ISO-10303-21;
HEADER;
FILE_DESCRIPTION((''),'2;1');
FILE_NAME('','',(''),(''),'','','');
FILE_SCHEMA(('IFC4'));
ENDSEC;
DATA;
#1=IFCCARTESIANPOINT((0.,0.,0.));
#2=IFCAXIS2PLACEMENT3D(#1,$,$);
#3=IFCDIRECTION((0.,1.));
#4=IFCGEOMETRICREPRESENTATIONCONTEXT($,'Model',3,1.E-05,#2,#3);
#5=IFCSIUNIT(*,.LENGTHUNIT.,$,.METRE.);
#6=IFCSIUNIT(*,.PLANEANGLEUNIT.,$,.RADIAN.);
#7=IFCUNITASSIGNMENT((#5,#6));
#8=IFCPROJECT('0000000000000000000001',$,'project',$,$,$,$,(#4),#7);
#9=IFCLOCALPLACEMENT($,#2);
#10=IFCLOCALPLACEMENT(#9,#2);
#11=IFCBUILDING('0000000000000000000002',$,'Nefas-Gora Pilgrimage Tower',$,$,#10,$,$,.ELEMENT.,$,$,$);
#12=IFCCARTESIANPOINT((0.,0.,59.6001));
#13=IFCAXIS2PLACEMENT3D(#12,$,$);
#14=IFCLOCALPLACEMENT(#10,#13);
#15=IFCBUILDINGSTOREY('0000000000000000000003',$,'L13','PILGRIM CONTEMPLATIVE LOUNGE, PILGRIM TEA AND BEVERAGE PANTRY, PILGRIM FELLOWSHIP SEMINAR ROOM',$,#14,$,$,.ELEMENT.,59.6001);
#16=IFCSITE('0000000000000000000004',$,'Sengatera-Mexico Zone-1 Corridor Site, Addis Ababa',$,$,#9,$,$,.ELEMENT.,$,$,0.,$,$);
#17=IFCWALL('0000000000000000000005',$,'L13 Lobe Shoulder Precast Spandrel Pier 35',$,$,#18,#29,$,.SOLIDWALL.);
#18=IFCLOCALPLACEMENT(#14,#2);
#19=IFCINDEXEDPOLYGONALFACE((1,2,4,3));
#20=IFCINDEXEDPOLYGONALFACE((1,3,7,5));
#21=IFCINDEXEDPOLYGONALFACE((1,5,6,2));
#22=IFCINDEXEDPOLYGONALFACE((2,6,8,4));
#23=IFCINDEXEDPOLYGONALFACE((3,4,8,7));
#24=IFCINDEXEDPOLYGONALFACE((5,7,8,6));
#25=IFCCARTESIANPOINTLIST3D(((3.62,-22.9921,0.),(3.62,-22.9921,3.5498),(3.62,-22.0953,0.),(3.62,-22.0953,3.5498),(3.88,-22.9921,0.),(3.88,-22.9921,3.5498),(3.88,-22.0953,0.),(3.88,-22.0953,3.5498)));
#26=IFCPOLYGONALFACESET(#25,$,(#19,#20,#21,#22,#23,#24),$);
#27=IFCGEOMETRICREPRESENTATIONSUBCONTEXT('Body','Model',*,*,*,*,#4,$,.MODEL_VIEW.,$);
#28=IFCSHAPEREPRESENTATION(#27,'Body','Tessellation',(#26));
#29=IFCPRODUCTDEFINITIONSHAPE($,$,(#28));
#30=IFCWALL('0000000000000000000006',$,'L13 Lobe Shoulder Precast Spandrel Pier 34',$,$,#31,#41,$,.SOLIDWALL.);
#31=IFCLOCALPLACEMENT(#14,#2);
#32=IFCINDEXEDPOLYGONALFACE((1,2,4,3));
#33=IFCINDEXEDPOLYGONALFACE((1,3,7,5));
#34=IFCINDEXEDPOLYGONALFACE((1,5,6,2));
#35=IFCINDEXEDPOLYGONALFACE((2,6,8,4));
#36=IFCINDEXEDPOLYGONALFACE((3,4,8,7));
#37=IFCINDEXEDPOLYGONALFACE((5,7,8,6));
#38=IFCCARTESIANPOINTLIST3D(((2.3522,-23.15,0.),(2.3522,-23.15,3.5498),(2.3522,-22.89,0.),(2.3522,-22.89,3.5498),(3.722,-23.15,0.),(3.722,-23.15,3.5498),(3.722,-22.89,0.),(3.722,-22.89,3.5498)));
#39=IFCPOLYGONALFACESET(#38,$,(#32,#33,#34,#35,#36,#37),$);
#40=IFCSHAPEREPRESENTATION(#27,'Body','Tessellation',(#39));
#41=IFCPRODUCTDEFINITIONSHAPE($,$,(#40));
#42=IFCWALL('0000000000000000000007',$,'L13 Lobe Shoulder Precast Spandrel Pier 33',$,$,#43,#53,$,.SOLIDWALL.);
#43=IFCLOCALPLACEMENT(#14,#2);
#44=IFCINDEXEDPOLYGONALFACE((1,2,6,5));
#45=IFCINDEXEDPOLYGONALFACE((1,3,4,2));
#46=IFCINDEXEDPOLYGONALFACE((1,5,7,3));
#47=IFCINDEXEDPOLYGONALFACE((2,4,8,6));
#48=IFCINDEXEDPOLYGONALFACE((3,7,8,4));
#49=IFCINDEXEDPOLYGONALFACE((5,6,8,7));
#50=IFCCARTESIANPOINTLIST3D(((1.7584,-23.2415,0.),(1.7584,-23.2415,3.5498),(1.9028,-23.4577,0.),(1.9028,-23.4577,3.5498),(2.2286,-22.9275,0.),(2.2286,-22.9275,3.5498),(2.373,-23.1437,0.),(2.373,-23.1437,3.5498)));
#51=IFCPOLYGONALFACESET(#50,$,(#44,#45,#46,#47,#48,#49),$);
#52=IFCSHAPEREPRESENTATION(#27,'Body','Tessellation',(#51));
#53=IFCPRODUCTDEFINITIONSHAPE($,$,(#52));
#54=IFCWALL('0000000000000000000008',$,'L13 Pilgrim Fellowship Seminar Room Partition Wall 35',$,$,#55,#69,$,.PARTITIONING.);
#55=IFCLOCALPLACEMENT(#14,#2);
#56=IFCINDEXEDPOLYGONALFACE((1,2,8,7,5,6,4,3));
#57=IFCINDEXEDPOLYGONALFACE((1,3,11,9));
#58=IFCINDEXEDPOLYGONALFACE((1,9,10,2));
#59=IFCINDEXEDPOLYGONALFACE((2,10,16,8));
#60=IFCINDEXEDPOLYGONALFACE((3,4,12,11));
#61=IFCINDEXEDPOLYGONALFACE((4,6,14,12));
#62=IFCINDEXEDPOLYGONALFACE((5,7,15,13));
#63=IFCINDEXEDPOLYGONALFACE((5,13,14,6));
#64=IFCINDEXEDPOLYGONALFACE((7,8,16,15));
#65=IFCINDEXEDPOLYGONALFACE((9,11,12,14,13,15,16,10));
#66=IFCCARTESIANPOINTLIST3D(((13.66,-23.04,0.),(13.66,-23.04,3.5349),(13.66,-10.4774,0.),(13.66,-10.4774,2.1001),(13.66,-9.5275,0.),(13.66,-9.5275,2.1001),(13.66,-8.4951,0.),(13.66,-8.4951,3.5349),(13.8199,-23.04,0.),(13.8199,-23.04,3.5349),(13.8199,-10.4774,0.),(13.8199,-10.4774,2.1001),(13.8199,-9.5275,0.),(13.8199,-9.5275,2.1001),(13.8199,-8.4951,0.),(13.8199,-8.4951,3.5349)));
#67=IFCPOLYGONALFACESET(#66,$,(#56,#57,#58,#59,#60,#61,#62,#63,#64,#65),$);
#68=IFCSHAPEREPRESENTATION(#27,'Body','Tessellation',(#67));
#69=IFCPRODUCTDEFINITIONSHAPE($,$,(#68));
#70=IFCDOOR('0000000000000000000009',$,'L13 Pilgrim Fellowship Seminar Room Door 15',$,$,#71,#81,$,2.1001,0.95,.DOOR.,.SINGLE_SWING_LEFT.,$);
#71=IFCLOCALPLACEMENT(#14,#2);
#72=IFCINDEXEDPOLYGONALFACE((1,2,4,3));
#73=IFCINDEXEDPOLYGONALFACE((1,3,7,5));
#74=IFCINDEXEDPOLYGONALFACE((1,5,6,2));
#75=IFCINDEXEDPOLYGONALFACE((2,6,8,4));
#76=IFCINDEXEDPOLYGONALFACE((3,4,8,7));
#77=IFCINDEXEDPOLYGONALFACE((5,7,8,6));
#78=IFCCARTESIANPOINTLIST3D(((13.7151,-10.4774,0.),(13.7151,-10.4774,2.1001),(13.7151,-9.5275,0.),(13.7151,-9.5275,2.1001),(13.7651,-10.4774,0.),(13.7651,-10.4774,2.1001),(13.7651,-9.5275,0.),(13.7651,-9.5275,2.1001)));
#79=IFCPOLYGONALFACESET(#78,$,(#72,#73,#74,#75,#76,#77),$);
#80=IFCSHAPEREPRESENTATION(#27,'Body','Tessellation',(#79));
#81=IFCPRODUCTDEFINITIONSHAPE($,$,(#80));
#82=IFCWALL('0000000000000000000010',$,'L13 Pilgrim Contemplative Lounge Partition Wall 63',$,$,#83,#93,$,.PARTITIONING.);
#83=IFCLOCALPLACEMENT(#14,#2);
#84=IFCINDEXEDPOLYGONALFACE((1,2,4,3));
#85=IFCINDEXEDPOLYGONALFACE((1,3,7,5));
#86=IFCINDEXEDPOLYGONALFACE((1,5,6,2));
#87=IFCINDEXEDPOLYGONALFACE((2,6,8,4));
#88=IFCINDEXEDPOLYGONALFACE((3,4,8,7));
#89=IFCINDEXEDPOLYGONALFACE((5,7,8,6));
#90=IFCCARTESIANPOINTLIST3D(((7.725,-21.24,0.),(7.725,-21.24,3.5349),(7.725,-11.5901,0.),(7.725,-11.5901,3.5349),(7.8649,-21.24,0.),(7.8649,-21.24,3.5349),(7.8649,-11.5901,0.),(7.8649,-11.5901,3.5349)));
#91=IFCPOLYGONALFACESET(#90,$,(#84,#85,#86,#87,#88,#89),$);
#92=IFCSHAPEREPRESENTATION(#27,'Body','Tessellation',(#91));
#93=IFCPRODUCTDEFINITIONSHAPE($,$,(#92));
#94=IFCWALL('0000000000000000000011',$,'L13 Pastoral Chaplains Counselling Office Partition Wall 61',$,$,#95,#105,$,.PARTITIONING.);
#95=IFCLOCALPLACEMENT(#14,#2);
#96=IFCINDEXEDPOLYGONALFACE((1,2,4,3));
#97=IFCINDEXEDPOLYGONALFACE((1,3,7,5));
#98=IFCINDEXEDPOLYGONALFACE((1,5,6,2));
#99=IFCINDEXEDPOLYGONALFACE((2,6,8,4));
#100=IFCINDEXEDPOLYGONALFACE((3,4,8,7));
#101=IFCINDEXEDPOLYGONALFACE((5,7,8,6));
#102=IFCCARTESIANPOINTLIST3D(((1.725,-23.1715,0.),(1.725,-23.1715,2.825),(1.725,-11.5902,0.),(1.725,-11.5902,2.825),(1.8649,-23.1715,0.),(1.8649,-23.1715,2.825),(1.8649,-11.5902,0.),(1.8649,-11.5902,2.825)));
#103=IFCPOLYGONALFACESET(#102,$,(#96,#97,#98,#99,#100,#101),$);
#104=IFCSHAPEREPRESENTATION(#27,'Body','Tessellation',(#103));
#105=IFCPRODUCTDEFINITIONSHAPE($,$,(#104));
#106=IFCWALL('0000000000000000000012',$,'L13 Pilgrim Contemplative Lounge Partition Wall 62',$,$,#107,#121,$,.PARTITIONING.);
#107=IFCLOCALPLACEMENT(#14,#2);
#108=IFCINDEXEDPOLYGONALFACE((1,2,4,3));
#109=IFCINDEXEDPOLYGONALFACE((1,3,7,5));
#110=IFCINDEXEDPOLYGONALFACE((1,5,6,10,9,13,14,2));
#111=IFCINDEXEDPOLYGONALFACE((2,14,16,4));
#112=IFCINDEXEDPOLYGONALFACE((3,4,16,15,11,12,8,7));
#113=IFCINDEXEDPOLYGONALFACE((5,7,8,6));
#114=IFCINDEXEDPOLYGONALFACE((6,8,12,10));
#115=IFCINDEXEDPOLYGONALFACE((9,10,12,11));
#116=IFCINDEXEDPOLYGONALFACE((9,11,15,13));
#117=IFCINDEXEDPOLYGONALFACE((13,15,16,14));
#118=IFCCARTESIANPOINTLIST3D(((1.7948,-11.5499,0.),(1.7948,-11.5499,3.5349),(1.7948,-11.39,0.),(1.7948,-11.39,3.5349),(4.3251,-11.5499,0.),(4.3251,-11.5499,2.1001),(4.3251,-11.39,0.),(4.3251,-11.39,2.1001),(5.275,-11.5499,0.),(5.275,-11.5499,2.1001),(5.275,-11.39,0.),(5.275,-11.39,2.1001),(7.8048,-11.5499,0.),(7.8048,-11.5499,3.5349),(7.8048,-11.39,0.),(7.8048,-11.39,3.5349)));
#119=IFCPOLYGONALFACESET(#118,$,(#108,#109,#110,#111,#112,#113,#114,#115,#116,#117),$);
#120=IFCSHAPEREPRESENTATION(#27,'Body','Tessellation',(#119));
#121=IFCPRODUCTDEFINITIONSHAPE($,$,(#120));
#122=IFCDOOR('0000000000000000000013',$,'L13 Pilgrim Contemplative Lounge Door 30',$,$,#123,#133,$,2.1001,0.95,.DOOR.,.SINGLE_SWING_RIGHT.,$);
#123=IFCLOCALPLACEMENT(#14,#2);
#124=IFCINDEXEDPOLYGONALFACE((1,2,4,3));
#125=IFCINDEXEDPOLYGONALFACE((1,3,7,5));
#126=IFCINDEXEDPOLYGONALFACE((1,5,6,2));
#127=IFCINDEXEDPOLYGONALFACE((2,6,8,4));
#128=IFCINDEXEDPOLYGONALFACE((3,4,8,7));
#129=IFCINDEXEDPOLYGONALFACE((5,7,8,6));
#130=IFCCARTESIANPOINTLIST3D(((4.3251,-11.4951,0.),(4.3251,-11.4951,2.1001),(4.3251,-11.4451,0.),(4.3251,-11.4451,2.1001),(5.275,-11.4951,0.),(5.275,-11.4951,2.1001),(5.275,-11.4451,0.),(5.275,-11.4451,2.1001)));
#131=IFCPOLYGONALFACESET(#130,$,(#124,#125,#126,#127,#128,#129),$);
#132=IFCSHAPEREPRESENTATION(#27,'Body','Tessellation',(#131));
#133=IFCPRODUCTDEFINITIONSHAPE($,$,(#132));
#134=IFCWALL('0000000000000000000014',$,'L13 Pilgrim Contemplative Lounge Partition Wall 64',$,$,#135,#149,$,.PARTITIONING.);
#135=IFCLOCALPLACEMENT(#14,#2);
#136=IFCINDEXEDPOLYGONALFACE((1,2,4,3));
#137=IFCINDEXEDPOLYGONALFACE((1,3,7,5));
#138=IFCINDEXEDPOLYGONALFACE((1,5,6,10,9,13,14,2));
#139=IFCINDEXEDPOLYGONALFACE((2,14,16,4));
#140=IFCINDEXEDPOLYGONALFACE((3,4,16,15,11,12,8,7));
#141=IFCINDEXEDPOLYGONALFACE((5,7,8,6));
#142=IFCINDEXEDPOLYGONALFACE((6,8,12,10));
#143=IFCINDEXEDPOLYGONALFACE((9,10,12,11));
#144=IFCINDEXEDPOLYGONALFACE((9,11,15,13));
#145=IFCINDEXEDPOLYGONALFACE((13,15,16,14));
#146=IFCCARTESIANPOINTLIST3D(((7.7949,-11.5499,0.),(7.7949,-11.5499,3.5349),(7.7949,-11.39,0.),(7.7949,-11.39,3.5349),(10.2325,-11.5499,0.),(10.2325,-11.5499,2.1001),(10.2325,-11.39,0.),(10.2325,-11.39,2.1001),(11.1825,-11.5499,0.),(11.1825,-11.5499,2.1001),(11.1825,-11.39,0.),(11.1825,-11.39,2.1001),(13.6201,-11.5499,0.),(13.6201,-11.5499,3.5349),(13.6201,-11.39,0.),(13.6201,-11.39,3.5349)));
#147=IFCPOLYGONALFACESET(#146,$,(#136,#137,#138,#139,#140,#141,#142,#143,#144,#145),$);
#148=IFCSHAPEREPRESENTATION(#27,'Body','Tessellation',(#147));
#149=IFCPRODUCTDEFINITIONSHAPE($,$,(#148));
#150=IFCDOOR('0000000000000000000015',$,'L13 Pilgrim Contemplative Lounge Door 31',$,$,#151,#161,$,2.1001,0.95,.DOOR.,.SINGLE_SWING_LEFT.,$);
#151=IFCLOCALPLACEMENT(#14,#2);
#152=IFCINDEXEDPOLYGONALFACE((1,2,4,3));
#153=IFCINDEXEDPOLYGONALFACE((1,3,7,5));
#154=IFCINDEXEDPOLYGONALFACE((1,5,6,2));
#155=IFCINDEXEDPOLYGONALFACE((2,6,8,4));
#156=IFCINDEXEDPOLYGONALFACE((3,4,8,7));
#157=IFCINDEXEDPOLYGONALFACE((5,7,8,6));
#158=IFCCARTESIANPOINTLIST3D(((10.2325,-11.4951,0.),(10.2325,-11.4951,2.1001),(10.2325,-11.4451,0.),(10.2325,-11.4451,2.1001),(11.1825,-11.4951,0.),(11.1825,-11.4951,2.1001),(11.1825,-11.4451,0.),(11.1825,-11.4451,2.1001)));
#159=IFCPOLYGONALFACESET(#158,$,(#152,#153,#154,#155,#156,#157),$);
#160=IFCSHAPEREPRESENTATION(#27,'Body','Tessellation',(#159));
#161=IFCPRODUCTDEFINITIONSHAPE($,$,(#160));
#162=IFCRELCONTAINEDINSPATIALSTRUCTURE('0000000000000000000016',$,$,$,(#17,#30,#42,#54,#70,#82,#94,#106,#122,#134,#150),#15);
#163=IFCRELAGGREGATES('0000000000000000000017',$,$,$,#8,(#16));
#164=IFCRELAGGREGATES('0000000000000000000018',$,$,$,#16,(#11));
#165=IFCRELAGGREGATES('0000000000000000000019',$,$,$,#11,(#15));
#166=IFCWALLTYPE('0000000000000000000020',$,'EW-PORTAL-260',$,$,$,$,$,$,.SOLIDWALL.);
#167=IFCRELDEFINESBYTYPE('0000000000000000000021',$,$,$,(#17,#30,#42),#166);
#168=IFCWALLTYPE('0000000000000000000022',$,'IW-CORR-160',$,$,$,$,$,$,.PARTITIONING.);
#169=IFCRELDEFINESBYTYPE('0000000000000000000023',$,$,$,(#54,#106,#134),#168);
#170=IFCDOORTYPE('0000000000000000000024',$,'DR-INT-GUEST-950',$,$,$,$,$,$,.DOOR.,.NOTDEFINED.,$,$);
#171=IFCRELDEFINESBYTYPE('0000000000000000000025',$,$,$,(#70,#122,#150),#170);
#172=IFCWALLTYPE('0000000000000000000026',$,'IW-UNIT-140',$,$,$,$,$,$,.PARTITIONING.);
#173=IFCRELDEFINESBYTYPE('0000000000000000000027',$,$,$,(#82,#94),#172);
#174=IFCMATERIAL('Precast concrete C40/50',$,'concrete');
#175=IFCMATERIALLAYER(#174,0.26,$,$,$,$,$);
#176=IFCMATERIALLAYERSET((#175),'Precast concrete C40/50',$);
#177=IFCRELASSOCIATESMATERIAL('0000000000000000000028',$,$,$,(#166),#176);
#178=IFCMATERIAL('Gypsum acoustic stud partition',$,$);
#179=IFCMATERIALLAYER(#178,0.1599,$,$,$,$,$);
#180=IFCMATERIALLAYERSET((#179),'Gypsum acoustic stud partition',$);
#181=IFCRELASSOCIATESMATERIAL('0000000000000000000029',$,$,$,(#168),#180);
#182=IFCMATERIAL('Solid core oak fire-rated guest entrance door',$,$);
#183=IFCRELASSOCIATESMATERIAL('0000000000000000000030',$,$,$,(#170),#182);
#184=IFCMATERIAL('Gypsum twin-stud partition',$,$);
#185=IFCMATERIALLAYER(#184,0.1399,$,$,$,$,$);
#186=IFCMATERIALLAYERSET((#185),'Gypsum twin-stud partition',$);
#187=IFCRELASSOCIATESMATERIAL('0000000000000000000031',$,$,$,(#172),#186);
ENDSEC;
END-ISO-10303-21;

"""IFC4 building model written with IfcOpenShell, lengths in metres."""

from ifc_helpers import new_model, si_unit, direction, frame, frame_2d, origin, place, context, subcontext, project, spatial, rectangle, extrude, source, transform, mapped, material, layer, layer_set, type_object, element, fill, save


model = new_model("IFC4")

# Units and contexts
model_context = context("Model", 3, precision=1e-05, world=origin(), true_north=direction((0.0, 1.0)))
body_context = subcontext(model_context, "Body", "Model", "MODEL_VIEW")
ifc_project = project(units=[si_unit("LENGTHUNIT", "METRE"), si_unit("PLANEANGLEUNIT", "RADIAN")], contexts=[model_context])

# Site, building, storey
site_placement = place(None, origin())
site = spatial("IfcSite", under=ifc_project, at=site_placement, Name="Sengatera-Mexico Zone-1 Corridor Site, Addis Ababa", CompositionType="ELEMENT", RefElevation=0.0)
building_placement = place(site_placement, origin())
building = spatial("IfcBuilding", under=site, at=building_placement, Name="Nefas-Gora Pilgrimage Tower", CompositionType="ELEMENT")
storey_placement = place(building_placement, frame((0.0, 0.0, 59.6001)))
storey = spatial("IfcBuildingStorey", under=building, at=storey_placement, Name="L13", Description="PILGRIM CONTEMPLATIVE LOUNGE, PILGRIM TEA AND BEVERAGE PANTRY, PILGRIM FELLOWSHIP SEMINAR ROOM", CompositionType="ELEMENT", Elevation=59.6001)

# Walls
ifc_material_1 = material(Name="Precast concrete C40/50", Category="concrete")
ifc_layer_1 = layer(ifc_material_1, 0.26)
ifc_layer_set_1 = layer_set([ifc_layer_1], Name="Precast concrete C40/50")
wall_type_1 = type_object("IfcWallType", Name="EW-PORTAL-260", PredefinedType="SOLIDWALL", material=ifc_layer_set_1)
shared_shape_1 = source(origin(), body_context, "Body", "SweptSolid", [
    extrude(rectangle(XDim=0.8967, YDim=0.26, at=frame_2d((0.4482, 0.0))), origin(), (0.0, 0.0, 1.0), 3.5498),
])
wall_1_placement = place(storey_placement, frame((3.75, -22.9919, 0.0), z_axis=(0.0, 0.0, 1.0), x_axis=(0.0, 1.0, 0.0)))
element("IfcWall", 1, at=wall_1_placement, inside=storey, type_object=wall_type_1, Name="L13 Lobe Shoulder Precast Spandrel Pier 35", PredefinedType="SOLIDWALL", context=body_context, shape_type="MappedRepresentation", body=[
    mapped(shared_shape_1, transform((0.0, 0.0, 0.0), x_axis=(1.0, 0.0, 0.0), y_axis=(0.0, 1.0, 0.0), z_axis=(0.0, 0.0, 1.0), scale=1.0)),
])
shared_shape_2 = source(origin(), body_context, "Body", "SweptSolid", [
    extrude(rectangle(XDim=1.3699, YDim=0.26, at=frame_2d((0.6851, 0.0))), origin(), (0.0, 0.0, 1.0), 3.5498),
])
wall_2_placement = place(storey_placement, frame((2.3521, -23.02, 0.0), z_axis=(0.0, 0.0, 1.0), x_axis=(1.0, 0.0, 0.0)))
element("IfcWall", 2, at=wall_2_placement, inside=storey, type_object=wall_type_1, Name="L13 Lobe Shoulder Precast Spandrel Pier 34", PredefinedType="SOLIDWALL", context=body_context, shape_type="MappedRepresentation", body=[
    mapped(shared_shape_2, transform((0.0, 0.0, 0.0), x_axis=(1.0, 0.0, 0.0), y_axis=(0.0, 1.0, 0.0), z_axis=(0.0, 0.0, 1.0), scale=1.0)),
])
shared_shape_3 = source(origin(), body_context, "Body", "SweptSolid", [
    extrude(rectangle(XDim=0.5654, YDim=0.26, at=frame_2d((0.2827, 0.0))), origin(), (0.0, 0.0, 1.0), 3.5498),
])
wall_3_placement = place(storey_placement, frame((1.8306, -23.3496, 0.0), z_axis=(0.0, 0.0, 1.0), x_axis=(0.831651, 0.555298, 0.0)))
element("IfcWall", 3, at=wall_3_placement, inside=storey, type_object=wall_type_1, Name="L13 Lobe Shoulder Precast Spandrel Pier 33", PredefinedType="SOLIDWALL", context=body_context, shape_type="MappedRepresentation", body=[
    mapped(shared_shape_3, transform((0.0, 0.0, 0.0), x_axis=(1.0, 0.0, 0.0), y_axis=(0.0, 1.0, 0.0), z_axis=(0.0, 0.0, 1.0), scale=1.0)),
])

# Wall, opening, door
ifc_material_2 = material(Name="Gypsum acoustic stud partition")
ifc_layer_2 = layer(ifc_material_2, 0.1599)
ifc_layer_set_2 = layer_set([ifc_layer_2], Name="Gypsum acoustic stud partition")
wall_type_2 = type_object("IfcWallType", Name="IW-CORR-160", PredefinedType="PARTITIONING", material=ifc_layer_set_2)
shared_shape_4 = source(origin(), body_context, "Body", "SweptSolid", [
    extrude(rectangle(XDim=14.5449, YDim=0.1599, at=frame_2d((7.2725, 0.0))), origin(), (0.0, 0.0, 1.0), 3.5349),
])
wall_4_placement = place(storey_placement, frame((13.74, -23.04, 0.0), z_axis=(0.0, 0.0, 1.0), x_axis=(0.0, 1.0, 0.0)))
wall_4 = element("IfcWall", 4, at=wall_4_placement, inside=storey, type_object=wall_type_2, Name="L13 Pilgrim Fellowship Seminar Room Partition Wall 35", PredefinedType="PARTITIONING", context=body_context, shape_type="MappedRepresentation", body=[
    mapped(shared_shape_4, transform((0.0, 0.0, 0.0), x_axis=(1.0, 0.0, 0.0), y_axis=(0.0, 1.0, 0.0), z_axis=(0.0, 0.0, 1.0), scale=1.0)),
])
opening_1_placement = place(wall_4_placement, frame((12.5625, 0.0, 0.0)))
opening_1 = element("IfcOpeningElement", 5, at=opening_1_placement, cuts=wall_4, PredefinedType="OPENING", context=body_context, shape_type="SweptSolid", body=[
    extrude(rectangle(XDim=0.95, YDim=2.1001, at=frame_2d((0.4751, 1.05))), frame((0.0, 0.0898, 0.0), z_axis=(0.0, -1.0, 0.0), x_axis=(1.0, 0.0, 0.0)), (0.0, 0.0, 1.0), 0.1799),
])
ifc_material_3 = material(Name="Solid core oak fire-rated guest entrance door")
door_type = type_object("IfcDoorType", Name="DR-INT-GUEST-950", OperationType="NOTDEFINED", PredefinedType="DOOR", material=ifc_material_3)
shared_shape_5 = source(origin(), body_context, "Body", "SweptSolid", [
    extrude(rectangle(XDim=0.95, YDim=2.1001, at=frame_2d((0.4751, 1.05))), frame((0.0, 0.0249, 0.0), z_axis=(0.0, -1.0, 0.0), x_axis=(1.0, 0.0, 0.0)), (0.0, 0.0, 1.0), 0.05),
])
door_1_placement = place(opening_1_placement, origin())
door_1 = element("IfcDoor", 6, at=door_1_placement, inside=storey, type_object=door_type, Name="L13 Pilgrim Fellowship Seminar Room Door 15", OperationType="SINGLE_SWING_LEFT", OverallHeight=2.1001, OverallWidth=0.95, PredefinedType="DOOR", context=body_context, shape_type="MappedRepresentation", body=[
    mapped(shared_shape_5, transform((0.0, 0.0, 0.0), x_axis=(1.0, 0.0, 0.0), y_axis=(0.0, 1.0, 0.0), z_axis=(0.0, 0.0, 1.0), scale=1.0)),
])
fill(opening_1, door_1)

# Walls
ifc_material_4 = material(Name="Gypsum twin-stud partition")
ifc_layer_3 = layer(ifc_material_4, 0.1399)
ifc_layer_set_3 = layer_set([ifc_layer_3], Name="Gypsum twin-stud partition")
wall_type_3 = type_object("IfcWallType", Name="IW-UNIT-140", PredefinedType="PARTITIONING", material=ifc_layer_set_3)
shared_shape_6 = source(origin(), body_context, "Body", "SweptSolid", [
    extrude(rectangle(XDim=9.6499, YDim=0.1399, at=frame_2d((4.825, 0.0))), origin(), (0.0, 0.0, 1.0), 3.5349),
])
wall_5_placement = place(storey_placement, frame((7.7949, -21.24, 0.0), z_axis=(0.0, 0.0, 1.0), x_axis=(0.0, 1.0, 0.0)))
element("IfcWall", 7, at=wall_5_placement, inside=storey, type_object=wall_type_3, Name="L13 Pilgrim Contemplative Lounge Partition Wall 63", PredefinedType="PARTITIONING", context=body_context, shape_type="MappedRepresentation", body=[
    mapped(shared_shape_6, transform((0.0, 0.0, 0.0), x_axis=(1.0, 0.0, 0.0), y_axis=(0.0, 1.0, 0.0), z_axis=(0.0, 0.0, 1.0), scale=1.0)),
])
shared_shape_7 = source(origin(), body_context, "Body", "SweptSolid", [
    extrude(rectangle(XDim=11.5813, YDim=0.1399, at=frame_2d((5.7905, 0.0))), origin(), (0.0, 0.0, 1.0), 2.825),
])
wall_6_placement = place(storey_placement, frame((1.7949, -23.1714, 0.0), z_axis=(0.0, 0.0, 1.0), x_axis=(0.0, 1.0, 0.0)))
element("IfcWall", 8, at=wall_6_placement, inside=storey, type_object=wall_type_3, Name="L13 Pastoral Chaplains Counselling Office Partition Wall 61", PredefinedType="PARTITIONING", context=body_context, shape_type="MappedRepresentation", body=[
    mapped(shared_shape_7, transform((0.0, 0.0, 0.0), x_axis=(1.0, 0.0, 0.0), y_axis=(0.0, 1.0, 0.0), z_axis=(0.0, 0.0, 1.0), scale=1.0)),
])

# Walls, openings, doors
shared_shape_8 = source(origin(), body_context, "Body", "SweptSolid", [
    extrude(rectangle(XDim=6.01, YDim=0.1599, at=frame_2d((3.0049, 0.0))), origin(), (0.0, 0.0, 1.0), 3.5349),
])
wall_7_placement = place(storey_placement, frame((1.7949, -11.47, 0.0), z_axis=(0.0, 0.0, 1.0), x_axis=(1.0, 0.0, 0.0)))
wall_7 = element("IfcWall", 9, at=wall_7_placement, inside=storey, type_object=wall_type_2, Name="L13 Pilgrim Contemplative Lounge Partition Wall 62", PredefinedType="PARTITIONING", context=body_context, shape_type="MappedRepresentation", body=[
    mapped(shared_shape_8, transform((0.0, 0.0, 0.0), x_axis=(1.0, 0.0, 0.0), y_axis=(0.0, 1.0, 0.0), z_axis=(0.0, 0.0, 1.0), scale=1.0)),
])
opening_2_placement = place(wall_7_placement, frame((2.53, 0.0, 0.0)))
opening_2 = element("IfcOpeningElement", 10, at=opening_2_placement, cuts=wall_7, PredefinedType="OPENING", context=body_context, shape_type="SweptSolid", body=[
    extrude(rectangle(XDim=0.95, YDim=2.1001, at=frame_2d((0.4751, 1.05))), frame((0.0, 0.0898, 0.0), z_axis=(0.0, -1.0, 0.0), x_axis=(1.0, 0.0, 0.0)), (0.0, 0.0, 1.0), 0.1799),
])
door_2_placement = place(opening_2_placement, origin())
door_2 = element("IfcDoor", 11, at=door_2_placement, inside=storey, type_object=door_type, Name="L13 Pilgrim Contemplative Lounge Door 30", OperationType="SINGLE_SWING_RIGHT", OverallHeight=2.1001, OverallWidth=0.95, PredefinedType="DOOR", context=body_context, shape_type="MappedRepresentation", body=[
    mapped(shared_shape_5, transform((0.0, 0.0, 0.0), x_axis=(1.0, 0.0, 0.0), y_axis=(0.0, 1.0, 0.0), z_axis=(0.0, 0.0, 1.0), scale=1.0)),
])
fill(opening_2, door_2)
shared_shape_9 = source(origin(), body_context, "Body", "SweptSolid", [
    extrude(rectangle(XDim=5.8252, YDim=0.1599, at=frame_2d((2.9126, 0.0))), origin(), (0.0, 0.0, 1.0), 3.5349),
])
wall_8_placement = place(storey_placement, frame((7.7949, -11.47, 0.0), z_axis=(0.0, 0.0, 1.0), x_axis=(1.0, 0.0, 0.0)))
wall_8 = element("IfcWall", 12, at=wall_8_placement, inside=storey, type_object=wall_type_2, Name="L13 Pilgrim Contemplative Lounge Partition Wall 64", PredefinedType="PARTITIONING", context=body_context, shape_type="MappedRepresentation", body=[
    mapped(shared_shape_9, transform((0.0, 0.0, 0.0), x_axis=(1.0, 0.0, 0.0), y_axis=(0.0, 1.0, 0.0), z_axis=(0.0, 0.0, 1.0), scale=1.0)),
])
opening_3_placement = place(wall_8_placement, frame((2.4375, 0.0, 0.0)))
opening_3 = element("IfcOpeningElement", 13, at=opening_3_placement, cuts=wall_8, PredefinedType="OPENING", context=body_context, shape_type="SweptSolid", body=[
    extrude(rectangle(XDim=0.95, YDim=2.1001, at=frame_2d((0.4751, 1.05))), frame((0.0, 0.0898, 0.0), z_axis=(0.0, -1.0, 0.0), x_axis=(1.0, 0.0, 0.0)), (0.0, 0.0, 1.0), 0.1799),
])
door_3_placement = place(opening_3_placement, origin())
door_3 = element("IfcDoor", 14, at=door_3_placement, inside=storey, type_object=door_type, Name="L13 Pilgrim Contemplative Lounge Door 31", OperationType="SINGLE_SWING_LEFT", OverallHeight=2.1001, OverallWidth=0.95, PredefinedType="DOOR", context=body_context, shape_type="MappedRepresentation", body=[
    mapped(shared_shape_5, transform((0.0, 0.0, 0.0), x_axis=(1.0, 0.0, 0.0), y_axis=(0.0, 1.0, 0.0), z_axis=(0.0, 0.0, 1.0), scale=1.0)),
])
fill(opening_3, door_3)

save(model, "model.ifc")
